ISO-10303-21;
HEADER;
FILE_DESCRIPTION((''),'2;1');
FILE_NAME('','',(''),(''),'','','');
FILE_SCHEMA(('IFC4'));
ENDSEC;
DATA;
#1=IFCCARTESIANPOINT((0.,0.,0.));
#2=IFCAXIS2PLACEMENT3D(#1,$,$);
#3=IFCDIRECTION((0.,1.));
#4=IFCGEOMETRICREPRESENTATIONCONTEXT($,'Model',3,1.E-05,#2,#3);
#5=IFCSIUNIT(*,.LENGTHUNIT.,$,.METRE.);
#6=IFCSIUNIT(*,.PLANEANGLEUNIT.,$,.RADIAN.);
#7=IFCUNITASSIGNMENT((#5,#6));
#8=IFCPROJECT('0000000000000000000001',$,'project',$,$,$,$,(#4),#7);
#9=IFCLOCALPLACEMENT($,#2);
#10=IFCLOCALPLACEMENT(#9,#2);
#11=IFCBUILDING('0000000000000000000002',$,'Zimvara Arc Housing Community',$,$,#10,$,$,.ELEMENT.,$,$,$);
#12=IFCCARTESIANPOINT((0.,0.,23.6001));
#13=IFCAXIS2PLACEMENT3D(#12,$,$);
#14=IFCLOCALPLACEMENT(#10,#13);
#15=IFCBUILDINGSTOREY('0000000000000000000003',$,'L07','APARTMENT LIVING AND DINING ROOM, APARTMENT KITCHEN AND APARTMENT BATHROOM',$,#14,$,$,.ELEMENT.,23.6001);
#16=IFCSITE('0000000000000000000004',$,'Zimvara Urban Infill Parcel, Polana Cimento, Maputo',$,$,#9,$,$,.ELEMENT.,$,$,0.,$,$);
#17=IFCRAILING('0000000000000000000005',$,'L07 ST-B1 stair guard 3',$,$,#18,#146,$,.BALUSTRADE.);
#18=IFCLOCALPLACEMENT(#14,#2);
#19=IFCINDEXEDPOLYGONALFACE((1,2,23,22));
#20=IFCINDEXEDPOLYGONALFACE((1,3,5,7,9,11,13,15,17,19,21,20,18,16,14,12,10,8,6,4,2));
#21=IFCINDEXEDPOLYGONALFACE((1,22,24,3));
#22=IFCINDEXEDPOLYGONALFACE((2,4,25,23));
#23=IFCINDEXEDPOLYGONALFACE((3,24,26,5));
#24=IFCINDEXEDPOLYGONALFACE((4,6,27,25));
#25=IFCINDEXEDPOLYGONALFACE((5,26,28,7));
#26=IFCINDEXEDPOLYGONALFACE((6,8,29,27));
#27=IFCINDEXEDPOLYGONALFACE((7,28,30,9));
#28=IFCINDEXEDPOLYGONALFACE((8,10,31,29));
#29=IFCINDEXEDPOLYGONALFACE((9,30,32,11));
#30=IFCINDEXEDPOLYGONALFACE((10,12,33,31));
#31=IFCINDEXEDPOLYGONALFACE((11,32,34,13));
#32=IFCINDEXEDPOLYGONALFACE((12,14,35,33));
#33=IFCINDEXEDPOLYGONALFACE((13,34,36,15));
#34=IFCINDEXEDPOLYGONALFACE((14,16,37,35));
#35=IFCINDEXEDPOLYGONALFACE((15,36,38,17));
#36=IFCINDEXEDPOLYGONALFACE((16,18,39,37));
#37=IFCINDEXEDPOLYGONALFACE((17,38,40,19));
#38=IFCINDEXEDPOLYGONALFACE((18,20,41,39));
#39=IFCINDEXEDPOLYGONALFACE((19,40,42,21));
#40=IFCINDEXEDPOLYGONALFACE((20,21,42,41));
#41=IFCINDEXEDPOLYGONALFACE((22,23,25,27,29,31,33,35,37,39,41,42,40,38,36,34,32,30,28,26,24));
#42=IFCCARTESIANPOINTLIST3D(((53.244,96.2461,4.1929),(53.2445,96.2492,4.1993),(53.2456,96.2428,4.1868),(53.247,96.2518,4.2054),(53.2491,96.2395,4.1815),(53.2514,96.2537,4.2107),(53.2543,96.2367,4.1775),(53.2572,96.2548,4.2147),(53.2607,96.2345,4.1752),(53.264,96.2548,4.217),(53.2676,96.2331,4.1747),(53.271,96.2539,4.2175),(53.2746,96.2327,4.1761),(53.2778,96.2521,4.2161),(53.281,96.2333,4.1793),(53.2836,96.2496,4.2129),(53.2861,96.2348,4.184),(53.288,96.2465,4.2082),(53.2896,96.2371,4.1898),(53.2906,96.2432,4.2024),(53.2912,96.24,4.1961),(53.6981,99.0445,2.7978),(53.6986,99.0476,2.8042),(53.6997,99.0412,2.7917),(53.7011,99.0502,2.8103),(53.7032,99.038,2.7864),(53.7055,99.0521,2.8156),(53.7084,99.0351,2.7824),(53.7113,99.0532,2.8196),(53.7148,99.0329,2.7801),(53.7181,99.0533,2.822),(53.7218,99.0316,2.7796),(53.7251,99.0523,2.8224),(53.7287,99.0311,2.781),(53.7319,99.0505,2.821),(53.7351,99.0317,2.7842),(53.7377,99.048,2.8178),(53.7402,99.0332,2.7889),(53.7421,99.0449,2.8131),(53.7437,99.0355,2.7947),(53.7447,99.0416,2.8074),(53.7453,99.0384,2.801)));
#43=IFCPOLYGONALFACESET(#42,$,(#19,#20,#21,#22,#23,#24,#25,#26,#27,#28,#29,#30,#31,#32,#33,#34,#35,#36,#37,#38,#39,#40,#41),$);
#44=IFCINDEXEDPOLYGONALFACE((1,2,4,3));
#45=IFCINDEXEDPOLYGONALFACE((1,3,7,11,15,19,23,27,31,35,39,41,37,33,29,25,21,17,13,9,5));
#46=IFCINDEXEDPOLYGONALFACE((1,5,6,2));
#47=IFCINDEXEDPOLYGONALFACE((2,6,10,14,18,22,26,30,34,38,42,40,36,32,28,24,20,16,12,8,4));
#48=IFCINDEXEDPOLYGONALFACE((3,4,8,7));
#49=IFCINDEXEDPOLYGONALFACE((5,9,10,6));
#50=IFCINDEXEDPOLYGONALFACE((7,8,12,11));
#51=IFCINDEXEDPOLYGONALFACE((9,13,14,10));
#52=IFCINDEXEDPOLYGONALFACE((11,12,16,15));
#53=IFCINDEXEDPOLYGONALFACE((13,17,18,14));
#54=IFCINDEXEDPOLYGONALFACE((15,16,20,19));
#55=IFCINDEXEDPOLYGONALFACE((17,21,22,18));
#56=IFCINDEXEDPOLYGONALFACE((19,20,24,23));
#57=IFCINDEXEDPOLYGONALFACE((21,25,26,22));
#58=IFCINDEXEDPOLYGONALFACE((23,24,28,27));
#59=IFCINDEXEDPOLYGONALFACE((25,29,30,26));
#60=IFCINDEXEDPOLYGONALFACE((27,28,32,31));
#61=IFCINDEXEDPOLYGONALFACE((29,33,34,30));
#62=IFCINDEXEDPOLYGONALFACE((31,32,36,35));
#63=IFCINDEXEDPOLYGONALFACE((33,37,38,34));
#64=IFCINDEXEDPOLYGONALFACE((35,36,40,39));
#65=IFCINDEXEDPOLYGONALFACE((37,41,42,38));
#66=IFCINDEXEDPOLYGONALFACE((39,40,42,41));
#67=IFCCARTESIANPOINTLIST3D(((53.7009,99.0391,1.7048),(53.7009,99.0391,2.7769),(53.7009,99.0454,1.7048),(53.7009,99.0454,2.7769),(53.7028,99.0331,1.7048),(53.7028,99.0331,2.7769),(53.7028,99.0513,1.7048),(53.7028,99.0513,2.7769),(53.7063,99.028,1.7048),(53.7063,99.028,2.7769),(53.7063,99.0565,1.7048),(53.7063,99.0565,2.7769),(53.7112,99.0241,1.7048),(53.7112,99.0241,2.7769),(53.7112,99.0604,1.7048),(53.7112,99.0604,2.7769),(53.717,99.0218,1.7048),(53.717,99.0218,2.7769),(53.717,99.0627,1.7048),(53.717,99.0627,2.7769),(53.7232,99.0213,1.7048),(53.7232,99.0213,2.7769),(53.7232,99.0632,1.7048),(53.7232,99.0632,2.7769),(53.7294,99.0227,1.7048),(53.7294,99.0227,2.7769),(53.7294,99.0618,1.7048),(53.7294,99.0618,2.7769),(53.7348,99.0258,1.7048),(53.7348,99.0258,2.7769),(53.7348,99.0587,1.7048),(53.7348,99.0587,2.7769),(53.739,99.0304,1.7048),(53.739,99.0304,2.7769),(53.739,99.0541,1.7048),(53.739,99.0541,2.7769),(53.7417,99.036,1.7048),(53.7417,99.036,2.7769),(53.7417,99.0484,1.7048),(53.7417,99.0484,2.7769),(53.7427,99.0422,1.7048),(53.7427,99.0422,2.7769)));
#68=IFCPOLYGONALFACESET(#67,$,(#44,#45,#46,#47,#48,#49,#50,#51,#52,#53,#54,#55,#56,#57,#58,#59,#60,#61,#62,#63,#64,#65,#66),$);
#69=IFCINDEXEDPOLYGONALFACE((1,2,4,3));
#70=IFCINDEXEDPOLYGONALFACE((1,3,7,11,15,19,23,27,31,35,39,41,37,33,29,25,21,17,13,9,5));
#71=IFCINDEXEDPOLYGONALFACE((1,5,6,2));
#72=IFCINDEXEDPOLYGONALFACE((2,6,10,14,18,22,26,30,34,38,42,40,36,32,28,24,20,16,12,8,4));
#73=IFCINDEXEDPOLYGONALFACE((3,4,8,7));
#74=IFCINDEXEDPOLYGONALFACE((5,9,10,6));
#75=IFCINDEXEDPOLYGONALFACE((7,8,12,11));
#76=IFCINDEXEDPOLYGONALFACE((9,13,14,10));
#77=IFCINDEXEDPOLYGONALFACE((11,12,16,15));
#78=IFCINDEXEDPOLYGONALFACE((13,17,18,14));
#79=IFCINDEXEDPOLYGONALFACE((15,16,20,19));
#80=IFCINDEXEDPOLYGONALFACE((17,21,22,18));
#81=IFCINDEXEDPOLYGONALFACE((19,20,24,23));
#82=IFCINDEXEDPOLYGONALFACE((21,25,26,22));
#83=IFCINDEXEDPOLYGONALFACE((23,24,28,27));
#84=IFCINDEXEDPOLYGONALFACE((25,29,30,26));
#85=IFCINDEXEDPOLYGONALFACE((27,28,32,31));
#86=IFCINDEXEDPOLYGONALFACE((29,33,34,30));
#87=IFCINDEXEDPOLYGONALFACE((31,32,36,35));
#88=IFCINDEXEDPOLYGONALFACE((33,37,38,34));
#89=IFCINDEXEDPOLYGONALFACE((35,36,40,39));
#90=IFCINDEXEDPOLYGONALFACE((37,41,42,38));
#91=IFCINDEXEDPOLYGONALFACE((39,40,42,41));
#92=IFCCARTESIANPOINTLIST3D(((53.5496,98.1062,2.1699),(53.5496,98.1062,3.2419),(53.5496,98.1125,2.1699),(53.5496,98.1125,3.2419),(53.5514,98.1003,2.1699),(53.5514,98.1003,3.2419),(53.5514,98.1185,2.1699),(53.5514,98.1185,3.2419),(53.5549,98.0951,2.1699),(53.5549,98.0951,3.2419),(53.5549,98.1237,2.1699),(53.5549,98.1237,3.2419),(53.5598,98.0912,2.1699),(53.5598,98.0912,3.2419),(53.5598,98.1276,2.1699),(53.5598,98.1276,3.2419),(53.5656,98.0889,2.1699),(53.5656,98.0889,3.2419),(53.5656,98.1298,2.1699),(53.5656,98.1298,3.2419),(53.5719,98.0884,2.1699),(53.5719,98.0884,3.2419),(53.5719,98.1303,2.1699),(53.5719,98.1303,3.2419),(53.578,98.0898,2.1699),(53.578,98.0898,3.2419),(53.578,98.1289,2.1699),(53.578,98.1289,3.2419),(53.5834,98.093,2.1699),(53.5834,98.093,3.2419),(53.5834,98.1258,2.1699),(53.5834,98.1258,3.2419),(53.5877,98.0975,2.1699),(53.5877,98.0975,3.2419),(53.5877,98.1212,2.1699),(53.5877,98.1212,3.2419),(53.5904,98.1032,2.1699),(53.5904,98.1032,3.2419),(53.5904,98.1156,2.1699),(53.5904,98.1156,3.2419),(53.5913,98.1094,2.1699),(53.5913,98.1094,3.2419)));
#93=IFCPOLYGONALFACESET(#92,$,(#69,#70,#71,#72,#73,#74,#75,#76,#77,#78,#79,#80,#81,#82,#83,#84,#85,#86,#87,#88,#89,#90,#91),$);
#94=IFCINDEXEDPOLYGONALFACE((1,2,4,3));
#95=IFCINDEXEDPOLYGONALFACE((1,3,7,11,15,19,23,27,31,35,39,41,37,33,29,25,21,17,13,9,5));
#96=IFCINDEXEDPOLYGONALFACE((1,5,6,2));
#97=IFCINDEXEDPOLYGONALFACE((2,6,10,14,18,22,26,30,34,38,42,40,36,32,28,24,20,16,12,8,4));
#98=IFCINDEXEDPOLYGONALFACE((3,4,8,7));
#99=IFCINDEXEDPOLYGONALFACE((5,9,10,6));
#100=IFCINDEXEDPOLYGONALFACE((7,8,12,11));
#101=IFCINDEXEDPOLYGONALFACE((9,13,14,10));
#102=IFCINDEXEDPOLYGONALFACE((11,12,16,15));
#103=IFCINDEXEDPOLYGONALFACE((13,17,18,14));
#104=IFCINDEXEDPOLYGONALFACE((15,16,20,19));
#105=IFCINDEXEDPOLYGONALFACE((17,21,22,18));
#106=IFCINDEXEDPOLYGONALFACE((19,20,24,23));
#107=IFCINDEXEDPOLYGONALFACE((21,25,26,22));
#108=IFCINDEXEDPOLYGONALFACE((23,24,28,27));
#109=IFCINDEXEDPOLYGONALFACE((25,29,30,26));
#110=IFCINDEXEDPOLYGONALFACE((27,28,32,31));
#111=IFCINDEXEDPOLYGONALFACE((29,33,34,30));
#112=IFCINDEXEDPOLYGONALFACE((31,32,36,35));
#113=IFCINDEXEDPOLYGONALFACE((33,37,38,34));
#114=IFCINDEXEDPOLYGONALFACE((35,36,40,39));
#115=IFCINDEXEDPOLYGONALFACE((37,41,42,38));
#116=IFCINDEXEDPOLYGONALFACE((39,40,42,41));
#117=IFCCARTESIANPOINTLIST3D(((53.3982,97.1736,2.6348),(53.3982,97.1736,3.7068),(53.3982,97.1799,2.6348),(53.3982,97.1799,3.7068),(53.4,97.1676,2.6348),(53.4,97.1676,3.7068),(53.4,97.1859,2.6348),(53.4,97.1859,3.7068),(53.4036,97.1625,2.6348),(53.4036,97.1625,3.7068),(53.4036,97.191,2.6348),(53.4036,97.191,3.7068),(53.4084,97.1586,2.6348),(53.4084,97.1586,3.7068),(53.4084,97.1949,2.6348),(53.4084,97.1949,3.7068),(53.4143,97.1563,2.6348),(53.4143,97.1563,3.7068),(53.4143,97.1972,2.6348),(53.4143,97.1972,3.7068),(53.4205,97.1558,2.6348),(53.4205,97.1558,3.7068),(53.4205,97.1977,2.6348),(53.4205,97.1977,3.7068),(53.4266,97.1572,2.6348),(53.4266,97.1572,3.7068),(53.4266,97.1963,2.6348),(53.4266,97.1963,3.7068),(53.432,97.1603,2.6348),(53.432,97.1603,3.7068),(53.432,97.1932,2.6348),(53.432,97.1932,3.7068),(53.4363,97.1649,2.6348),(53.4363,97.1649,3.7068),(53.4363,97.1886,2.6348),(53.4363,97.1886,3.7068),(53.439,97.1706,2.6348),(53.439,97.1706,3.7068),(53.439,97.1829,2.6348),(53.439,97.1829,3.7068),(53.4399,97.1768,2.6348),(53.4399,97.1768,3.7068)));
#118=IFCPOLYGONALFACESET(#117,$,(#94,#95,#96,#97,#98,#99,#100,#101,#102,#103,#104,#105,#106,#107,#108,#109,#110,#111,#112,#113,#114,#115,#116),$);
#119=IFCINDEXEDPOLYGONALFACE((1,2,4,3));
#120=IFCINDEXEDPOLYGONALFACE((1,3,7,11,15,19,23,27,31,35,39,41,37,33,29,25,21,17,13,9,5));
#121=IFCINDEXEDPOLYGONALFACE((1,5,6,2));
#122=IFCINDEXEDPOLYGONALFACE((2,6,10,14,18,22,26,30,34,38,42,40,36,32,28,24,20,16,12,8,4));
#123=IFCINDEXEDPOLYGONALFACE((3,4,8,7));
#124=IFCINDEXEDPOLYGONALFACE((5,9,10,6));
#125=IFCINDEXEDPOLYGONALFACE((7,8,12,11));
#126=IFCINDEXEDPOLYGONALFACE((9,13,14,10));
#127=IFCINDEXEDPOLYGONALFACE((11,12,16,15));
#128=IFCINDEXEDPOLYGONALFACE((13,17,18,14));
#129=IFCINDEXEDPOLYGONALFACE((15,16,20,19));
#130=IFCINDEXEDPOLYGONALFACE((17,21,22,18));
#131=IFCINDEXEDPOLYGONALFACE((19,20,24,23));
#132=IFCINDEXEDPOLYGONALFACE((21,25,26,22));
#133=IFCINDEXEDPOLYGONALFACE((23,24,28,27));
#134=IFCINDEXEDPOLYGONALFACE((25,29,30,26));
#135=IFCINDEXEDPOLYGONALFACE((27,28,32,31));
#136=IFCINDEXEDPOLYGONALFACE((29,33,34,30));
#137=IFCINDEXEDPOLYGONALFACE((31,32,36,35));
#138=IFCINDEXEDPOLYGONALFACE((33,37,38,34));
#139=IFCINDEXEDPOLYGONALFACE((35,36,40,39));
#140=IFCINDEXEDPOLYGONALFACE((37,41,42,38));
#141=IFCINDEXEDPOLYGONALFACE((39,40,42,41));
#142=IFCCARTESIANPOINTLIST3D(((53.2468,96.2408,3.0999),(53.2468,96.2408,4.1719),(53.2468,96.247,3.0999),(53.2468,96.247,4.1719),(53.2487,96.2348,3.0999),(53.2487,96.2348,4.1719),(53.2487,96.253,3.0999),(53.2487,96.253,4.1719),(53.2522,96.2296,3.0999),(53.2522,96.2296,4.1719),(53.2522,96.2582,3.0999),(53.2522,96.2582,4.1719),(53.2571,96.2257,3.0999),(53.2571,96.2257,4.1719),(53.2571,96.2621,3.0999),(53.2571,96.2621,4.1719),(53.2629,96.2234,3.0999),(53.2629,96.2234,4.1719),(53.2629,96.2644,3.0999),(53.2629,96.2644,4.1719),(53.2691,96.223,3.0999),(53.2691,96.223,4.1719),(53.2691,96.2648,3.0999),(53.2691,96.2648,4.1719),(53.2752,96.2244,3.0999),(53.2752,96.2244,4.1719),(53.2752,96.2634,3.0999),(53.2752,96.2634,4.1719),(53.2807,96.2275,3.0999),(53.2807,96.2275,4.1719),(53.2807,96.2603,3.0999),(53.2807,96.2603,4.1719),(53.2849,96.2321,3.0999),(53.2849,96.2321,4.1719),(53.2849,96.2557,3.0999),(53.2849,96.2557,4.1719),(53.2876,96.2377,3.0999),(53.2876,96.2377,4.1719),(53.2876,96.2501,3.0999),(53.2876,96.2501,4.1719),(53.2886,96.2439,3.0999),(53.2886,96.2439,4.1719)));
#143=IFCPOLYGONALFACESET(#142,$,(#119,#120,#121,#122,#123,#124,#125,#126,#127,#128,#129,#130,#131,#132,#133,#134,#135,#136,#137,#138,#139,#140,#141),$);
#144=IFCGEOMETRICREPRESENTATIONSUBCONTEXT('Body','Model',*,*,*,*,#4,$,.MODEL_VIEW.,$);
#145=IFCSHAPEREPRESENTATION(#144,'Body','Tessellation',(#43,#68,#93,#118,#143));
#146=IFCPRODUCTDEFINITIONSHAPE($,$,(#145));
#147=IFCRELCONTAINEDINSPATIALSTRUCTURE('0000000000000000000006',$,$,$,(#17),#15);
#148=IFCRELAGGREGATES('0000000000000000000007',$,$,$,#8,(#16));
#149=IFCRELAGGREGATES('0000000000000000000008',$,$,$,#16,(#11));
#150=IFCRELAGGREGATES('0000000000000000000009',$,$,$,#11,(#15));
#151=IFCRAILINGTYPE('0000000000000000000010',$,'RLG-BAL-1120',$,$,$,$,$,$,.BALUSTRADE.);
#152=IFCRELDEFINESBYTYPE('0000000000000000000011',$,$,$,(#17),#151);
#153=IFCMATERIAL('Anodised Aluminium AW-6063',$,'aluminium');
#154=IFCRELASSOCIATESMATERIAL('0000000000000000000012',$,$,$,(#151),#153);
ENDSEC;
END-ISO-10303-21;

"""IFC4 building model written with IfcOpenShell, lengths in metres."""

from ifc_helpers import new_model, si_unit, direction, frame, origin, origin_2d, place, context, subcontext, project, spatial, circle, extrude, material, type_object, element, save


model = new_model("IFC4")

# Units and contexts
model_context = context("Model", 3, precision=1e-05, world=origin(), true_north=direction((0.0, 1.0)))
body_context = subcontext(model_context, "Body", "Model", "MODEL_VIEW")
ifc_project = project(units=[si_unit("LENGTHUNIT", "METRE"), si_unit("PLANEANGLEUNIT", "RADIAN")], contexts=[model_context])

# Site, building, storey
site_placement = place(None, origin())
site = spatial("IfcSite", under=ifc_project, at=site_placement, Name="Zimvara Urban Infill Parcel, Polana Cimento, Maputo", CompositionType="ELEMENT", RefElevation=0.0)
building_placement = place(site_placement, origin())
building = spatial("IfcBuilding", under=site, at=building_placement, Name="Zimvara Arc Housing Community", CompositionType="ELEMENT")
storey_placement = place(building_placement, frame((0.0, 0.0, 23.6001)))
storey = spatial("IfcBuildingStorey", under=building, at=storey_placement, Name="L07", Description="APARTMENT LIVING AND DINING ROOM, APARTMENT KITCHEN AND APARTMENT BATHROOM", CompositionType="ELEMENT", Elevation=23.6001)

# Railing
ifc_material_1 = material(Name="Anodised Aluminium AW-6063", Category="aluminium")
railing_type_1 = type_object("IfcRailingType", Name="RLG-BAL-1120", PredefinedType="BALUSTRADE", material=ifc_material_1)
railing_1_placement = place(storey_placement, frame((53.7217, 99.0422, 1.7048)))
element("IfcRailing", 1, at=railing_1_placement, inside=storey, type_object=railing_type_1, Name="L07 ST-B1 stair guard 3", PredefinedType="BALUSTRADE", context=body_context, shape_type="SweptSolid", body=[
    extrude(circle(Radius=0.0239, at=origin_2d()), frame((0.0, 0.0, 1.0962), z_axis=(-0.143722, -0.885666, 0.44152), x_axis=(0.987088, -0.16018, 0.0)), (0.0, 0.0, 1.0), 3.1597),
    extrude(circle(Radius=0.021, at=origin_2d()), origin(), (0.0, 0.0, 1.0), 1.072),
    extrude(circle(Radius=0.021, at=origin_2d()), frame((-0.1514, -0.9329, 0.4651)), (0.0, 0.0, 1.0), 1.072),
    extrude(circle(Radius=0.021, at=origin_2d()), frame((-0.3027, -1.8655, 0.9299)), (0.0, 0.0, 1.0), 1.072),
    extrude(circle(Radius=0.021, at=origin_2d()), frame((-0.4541, -2.7983, 1.395)), (0.0, 0.0, 1.0), 1.072),
])

save(model, "model.ifc")
